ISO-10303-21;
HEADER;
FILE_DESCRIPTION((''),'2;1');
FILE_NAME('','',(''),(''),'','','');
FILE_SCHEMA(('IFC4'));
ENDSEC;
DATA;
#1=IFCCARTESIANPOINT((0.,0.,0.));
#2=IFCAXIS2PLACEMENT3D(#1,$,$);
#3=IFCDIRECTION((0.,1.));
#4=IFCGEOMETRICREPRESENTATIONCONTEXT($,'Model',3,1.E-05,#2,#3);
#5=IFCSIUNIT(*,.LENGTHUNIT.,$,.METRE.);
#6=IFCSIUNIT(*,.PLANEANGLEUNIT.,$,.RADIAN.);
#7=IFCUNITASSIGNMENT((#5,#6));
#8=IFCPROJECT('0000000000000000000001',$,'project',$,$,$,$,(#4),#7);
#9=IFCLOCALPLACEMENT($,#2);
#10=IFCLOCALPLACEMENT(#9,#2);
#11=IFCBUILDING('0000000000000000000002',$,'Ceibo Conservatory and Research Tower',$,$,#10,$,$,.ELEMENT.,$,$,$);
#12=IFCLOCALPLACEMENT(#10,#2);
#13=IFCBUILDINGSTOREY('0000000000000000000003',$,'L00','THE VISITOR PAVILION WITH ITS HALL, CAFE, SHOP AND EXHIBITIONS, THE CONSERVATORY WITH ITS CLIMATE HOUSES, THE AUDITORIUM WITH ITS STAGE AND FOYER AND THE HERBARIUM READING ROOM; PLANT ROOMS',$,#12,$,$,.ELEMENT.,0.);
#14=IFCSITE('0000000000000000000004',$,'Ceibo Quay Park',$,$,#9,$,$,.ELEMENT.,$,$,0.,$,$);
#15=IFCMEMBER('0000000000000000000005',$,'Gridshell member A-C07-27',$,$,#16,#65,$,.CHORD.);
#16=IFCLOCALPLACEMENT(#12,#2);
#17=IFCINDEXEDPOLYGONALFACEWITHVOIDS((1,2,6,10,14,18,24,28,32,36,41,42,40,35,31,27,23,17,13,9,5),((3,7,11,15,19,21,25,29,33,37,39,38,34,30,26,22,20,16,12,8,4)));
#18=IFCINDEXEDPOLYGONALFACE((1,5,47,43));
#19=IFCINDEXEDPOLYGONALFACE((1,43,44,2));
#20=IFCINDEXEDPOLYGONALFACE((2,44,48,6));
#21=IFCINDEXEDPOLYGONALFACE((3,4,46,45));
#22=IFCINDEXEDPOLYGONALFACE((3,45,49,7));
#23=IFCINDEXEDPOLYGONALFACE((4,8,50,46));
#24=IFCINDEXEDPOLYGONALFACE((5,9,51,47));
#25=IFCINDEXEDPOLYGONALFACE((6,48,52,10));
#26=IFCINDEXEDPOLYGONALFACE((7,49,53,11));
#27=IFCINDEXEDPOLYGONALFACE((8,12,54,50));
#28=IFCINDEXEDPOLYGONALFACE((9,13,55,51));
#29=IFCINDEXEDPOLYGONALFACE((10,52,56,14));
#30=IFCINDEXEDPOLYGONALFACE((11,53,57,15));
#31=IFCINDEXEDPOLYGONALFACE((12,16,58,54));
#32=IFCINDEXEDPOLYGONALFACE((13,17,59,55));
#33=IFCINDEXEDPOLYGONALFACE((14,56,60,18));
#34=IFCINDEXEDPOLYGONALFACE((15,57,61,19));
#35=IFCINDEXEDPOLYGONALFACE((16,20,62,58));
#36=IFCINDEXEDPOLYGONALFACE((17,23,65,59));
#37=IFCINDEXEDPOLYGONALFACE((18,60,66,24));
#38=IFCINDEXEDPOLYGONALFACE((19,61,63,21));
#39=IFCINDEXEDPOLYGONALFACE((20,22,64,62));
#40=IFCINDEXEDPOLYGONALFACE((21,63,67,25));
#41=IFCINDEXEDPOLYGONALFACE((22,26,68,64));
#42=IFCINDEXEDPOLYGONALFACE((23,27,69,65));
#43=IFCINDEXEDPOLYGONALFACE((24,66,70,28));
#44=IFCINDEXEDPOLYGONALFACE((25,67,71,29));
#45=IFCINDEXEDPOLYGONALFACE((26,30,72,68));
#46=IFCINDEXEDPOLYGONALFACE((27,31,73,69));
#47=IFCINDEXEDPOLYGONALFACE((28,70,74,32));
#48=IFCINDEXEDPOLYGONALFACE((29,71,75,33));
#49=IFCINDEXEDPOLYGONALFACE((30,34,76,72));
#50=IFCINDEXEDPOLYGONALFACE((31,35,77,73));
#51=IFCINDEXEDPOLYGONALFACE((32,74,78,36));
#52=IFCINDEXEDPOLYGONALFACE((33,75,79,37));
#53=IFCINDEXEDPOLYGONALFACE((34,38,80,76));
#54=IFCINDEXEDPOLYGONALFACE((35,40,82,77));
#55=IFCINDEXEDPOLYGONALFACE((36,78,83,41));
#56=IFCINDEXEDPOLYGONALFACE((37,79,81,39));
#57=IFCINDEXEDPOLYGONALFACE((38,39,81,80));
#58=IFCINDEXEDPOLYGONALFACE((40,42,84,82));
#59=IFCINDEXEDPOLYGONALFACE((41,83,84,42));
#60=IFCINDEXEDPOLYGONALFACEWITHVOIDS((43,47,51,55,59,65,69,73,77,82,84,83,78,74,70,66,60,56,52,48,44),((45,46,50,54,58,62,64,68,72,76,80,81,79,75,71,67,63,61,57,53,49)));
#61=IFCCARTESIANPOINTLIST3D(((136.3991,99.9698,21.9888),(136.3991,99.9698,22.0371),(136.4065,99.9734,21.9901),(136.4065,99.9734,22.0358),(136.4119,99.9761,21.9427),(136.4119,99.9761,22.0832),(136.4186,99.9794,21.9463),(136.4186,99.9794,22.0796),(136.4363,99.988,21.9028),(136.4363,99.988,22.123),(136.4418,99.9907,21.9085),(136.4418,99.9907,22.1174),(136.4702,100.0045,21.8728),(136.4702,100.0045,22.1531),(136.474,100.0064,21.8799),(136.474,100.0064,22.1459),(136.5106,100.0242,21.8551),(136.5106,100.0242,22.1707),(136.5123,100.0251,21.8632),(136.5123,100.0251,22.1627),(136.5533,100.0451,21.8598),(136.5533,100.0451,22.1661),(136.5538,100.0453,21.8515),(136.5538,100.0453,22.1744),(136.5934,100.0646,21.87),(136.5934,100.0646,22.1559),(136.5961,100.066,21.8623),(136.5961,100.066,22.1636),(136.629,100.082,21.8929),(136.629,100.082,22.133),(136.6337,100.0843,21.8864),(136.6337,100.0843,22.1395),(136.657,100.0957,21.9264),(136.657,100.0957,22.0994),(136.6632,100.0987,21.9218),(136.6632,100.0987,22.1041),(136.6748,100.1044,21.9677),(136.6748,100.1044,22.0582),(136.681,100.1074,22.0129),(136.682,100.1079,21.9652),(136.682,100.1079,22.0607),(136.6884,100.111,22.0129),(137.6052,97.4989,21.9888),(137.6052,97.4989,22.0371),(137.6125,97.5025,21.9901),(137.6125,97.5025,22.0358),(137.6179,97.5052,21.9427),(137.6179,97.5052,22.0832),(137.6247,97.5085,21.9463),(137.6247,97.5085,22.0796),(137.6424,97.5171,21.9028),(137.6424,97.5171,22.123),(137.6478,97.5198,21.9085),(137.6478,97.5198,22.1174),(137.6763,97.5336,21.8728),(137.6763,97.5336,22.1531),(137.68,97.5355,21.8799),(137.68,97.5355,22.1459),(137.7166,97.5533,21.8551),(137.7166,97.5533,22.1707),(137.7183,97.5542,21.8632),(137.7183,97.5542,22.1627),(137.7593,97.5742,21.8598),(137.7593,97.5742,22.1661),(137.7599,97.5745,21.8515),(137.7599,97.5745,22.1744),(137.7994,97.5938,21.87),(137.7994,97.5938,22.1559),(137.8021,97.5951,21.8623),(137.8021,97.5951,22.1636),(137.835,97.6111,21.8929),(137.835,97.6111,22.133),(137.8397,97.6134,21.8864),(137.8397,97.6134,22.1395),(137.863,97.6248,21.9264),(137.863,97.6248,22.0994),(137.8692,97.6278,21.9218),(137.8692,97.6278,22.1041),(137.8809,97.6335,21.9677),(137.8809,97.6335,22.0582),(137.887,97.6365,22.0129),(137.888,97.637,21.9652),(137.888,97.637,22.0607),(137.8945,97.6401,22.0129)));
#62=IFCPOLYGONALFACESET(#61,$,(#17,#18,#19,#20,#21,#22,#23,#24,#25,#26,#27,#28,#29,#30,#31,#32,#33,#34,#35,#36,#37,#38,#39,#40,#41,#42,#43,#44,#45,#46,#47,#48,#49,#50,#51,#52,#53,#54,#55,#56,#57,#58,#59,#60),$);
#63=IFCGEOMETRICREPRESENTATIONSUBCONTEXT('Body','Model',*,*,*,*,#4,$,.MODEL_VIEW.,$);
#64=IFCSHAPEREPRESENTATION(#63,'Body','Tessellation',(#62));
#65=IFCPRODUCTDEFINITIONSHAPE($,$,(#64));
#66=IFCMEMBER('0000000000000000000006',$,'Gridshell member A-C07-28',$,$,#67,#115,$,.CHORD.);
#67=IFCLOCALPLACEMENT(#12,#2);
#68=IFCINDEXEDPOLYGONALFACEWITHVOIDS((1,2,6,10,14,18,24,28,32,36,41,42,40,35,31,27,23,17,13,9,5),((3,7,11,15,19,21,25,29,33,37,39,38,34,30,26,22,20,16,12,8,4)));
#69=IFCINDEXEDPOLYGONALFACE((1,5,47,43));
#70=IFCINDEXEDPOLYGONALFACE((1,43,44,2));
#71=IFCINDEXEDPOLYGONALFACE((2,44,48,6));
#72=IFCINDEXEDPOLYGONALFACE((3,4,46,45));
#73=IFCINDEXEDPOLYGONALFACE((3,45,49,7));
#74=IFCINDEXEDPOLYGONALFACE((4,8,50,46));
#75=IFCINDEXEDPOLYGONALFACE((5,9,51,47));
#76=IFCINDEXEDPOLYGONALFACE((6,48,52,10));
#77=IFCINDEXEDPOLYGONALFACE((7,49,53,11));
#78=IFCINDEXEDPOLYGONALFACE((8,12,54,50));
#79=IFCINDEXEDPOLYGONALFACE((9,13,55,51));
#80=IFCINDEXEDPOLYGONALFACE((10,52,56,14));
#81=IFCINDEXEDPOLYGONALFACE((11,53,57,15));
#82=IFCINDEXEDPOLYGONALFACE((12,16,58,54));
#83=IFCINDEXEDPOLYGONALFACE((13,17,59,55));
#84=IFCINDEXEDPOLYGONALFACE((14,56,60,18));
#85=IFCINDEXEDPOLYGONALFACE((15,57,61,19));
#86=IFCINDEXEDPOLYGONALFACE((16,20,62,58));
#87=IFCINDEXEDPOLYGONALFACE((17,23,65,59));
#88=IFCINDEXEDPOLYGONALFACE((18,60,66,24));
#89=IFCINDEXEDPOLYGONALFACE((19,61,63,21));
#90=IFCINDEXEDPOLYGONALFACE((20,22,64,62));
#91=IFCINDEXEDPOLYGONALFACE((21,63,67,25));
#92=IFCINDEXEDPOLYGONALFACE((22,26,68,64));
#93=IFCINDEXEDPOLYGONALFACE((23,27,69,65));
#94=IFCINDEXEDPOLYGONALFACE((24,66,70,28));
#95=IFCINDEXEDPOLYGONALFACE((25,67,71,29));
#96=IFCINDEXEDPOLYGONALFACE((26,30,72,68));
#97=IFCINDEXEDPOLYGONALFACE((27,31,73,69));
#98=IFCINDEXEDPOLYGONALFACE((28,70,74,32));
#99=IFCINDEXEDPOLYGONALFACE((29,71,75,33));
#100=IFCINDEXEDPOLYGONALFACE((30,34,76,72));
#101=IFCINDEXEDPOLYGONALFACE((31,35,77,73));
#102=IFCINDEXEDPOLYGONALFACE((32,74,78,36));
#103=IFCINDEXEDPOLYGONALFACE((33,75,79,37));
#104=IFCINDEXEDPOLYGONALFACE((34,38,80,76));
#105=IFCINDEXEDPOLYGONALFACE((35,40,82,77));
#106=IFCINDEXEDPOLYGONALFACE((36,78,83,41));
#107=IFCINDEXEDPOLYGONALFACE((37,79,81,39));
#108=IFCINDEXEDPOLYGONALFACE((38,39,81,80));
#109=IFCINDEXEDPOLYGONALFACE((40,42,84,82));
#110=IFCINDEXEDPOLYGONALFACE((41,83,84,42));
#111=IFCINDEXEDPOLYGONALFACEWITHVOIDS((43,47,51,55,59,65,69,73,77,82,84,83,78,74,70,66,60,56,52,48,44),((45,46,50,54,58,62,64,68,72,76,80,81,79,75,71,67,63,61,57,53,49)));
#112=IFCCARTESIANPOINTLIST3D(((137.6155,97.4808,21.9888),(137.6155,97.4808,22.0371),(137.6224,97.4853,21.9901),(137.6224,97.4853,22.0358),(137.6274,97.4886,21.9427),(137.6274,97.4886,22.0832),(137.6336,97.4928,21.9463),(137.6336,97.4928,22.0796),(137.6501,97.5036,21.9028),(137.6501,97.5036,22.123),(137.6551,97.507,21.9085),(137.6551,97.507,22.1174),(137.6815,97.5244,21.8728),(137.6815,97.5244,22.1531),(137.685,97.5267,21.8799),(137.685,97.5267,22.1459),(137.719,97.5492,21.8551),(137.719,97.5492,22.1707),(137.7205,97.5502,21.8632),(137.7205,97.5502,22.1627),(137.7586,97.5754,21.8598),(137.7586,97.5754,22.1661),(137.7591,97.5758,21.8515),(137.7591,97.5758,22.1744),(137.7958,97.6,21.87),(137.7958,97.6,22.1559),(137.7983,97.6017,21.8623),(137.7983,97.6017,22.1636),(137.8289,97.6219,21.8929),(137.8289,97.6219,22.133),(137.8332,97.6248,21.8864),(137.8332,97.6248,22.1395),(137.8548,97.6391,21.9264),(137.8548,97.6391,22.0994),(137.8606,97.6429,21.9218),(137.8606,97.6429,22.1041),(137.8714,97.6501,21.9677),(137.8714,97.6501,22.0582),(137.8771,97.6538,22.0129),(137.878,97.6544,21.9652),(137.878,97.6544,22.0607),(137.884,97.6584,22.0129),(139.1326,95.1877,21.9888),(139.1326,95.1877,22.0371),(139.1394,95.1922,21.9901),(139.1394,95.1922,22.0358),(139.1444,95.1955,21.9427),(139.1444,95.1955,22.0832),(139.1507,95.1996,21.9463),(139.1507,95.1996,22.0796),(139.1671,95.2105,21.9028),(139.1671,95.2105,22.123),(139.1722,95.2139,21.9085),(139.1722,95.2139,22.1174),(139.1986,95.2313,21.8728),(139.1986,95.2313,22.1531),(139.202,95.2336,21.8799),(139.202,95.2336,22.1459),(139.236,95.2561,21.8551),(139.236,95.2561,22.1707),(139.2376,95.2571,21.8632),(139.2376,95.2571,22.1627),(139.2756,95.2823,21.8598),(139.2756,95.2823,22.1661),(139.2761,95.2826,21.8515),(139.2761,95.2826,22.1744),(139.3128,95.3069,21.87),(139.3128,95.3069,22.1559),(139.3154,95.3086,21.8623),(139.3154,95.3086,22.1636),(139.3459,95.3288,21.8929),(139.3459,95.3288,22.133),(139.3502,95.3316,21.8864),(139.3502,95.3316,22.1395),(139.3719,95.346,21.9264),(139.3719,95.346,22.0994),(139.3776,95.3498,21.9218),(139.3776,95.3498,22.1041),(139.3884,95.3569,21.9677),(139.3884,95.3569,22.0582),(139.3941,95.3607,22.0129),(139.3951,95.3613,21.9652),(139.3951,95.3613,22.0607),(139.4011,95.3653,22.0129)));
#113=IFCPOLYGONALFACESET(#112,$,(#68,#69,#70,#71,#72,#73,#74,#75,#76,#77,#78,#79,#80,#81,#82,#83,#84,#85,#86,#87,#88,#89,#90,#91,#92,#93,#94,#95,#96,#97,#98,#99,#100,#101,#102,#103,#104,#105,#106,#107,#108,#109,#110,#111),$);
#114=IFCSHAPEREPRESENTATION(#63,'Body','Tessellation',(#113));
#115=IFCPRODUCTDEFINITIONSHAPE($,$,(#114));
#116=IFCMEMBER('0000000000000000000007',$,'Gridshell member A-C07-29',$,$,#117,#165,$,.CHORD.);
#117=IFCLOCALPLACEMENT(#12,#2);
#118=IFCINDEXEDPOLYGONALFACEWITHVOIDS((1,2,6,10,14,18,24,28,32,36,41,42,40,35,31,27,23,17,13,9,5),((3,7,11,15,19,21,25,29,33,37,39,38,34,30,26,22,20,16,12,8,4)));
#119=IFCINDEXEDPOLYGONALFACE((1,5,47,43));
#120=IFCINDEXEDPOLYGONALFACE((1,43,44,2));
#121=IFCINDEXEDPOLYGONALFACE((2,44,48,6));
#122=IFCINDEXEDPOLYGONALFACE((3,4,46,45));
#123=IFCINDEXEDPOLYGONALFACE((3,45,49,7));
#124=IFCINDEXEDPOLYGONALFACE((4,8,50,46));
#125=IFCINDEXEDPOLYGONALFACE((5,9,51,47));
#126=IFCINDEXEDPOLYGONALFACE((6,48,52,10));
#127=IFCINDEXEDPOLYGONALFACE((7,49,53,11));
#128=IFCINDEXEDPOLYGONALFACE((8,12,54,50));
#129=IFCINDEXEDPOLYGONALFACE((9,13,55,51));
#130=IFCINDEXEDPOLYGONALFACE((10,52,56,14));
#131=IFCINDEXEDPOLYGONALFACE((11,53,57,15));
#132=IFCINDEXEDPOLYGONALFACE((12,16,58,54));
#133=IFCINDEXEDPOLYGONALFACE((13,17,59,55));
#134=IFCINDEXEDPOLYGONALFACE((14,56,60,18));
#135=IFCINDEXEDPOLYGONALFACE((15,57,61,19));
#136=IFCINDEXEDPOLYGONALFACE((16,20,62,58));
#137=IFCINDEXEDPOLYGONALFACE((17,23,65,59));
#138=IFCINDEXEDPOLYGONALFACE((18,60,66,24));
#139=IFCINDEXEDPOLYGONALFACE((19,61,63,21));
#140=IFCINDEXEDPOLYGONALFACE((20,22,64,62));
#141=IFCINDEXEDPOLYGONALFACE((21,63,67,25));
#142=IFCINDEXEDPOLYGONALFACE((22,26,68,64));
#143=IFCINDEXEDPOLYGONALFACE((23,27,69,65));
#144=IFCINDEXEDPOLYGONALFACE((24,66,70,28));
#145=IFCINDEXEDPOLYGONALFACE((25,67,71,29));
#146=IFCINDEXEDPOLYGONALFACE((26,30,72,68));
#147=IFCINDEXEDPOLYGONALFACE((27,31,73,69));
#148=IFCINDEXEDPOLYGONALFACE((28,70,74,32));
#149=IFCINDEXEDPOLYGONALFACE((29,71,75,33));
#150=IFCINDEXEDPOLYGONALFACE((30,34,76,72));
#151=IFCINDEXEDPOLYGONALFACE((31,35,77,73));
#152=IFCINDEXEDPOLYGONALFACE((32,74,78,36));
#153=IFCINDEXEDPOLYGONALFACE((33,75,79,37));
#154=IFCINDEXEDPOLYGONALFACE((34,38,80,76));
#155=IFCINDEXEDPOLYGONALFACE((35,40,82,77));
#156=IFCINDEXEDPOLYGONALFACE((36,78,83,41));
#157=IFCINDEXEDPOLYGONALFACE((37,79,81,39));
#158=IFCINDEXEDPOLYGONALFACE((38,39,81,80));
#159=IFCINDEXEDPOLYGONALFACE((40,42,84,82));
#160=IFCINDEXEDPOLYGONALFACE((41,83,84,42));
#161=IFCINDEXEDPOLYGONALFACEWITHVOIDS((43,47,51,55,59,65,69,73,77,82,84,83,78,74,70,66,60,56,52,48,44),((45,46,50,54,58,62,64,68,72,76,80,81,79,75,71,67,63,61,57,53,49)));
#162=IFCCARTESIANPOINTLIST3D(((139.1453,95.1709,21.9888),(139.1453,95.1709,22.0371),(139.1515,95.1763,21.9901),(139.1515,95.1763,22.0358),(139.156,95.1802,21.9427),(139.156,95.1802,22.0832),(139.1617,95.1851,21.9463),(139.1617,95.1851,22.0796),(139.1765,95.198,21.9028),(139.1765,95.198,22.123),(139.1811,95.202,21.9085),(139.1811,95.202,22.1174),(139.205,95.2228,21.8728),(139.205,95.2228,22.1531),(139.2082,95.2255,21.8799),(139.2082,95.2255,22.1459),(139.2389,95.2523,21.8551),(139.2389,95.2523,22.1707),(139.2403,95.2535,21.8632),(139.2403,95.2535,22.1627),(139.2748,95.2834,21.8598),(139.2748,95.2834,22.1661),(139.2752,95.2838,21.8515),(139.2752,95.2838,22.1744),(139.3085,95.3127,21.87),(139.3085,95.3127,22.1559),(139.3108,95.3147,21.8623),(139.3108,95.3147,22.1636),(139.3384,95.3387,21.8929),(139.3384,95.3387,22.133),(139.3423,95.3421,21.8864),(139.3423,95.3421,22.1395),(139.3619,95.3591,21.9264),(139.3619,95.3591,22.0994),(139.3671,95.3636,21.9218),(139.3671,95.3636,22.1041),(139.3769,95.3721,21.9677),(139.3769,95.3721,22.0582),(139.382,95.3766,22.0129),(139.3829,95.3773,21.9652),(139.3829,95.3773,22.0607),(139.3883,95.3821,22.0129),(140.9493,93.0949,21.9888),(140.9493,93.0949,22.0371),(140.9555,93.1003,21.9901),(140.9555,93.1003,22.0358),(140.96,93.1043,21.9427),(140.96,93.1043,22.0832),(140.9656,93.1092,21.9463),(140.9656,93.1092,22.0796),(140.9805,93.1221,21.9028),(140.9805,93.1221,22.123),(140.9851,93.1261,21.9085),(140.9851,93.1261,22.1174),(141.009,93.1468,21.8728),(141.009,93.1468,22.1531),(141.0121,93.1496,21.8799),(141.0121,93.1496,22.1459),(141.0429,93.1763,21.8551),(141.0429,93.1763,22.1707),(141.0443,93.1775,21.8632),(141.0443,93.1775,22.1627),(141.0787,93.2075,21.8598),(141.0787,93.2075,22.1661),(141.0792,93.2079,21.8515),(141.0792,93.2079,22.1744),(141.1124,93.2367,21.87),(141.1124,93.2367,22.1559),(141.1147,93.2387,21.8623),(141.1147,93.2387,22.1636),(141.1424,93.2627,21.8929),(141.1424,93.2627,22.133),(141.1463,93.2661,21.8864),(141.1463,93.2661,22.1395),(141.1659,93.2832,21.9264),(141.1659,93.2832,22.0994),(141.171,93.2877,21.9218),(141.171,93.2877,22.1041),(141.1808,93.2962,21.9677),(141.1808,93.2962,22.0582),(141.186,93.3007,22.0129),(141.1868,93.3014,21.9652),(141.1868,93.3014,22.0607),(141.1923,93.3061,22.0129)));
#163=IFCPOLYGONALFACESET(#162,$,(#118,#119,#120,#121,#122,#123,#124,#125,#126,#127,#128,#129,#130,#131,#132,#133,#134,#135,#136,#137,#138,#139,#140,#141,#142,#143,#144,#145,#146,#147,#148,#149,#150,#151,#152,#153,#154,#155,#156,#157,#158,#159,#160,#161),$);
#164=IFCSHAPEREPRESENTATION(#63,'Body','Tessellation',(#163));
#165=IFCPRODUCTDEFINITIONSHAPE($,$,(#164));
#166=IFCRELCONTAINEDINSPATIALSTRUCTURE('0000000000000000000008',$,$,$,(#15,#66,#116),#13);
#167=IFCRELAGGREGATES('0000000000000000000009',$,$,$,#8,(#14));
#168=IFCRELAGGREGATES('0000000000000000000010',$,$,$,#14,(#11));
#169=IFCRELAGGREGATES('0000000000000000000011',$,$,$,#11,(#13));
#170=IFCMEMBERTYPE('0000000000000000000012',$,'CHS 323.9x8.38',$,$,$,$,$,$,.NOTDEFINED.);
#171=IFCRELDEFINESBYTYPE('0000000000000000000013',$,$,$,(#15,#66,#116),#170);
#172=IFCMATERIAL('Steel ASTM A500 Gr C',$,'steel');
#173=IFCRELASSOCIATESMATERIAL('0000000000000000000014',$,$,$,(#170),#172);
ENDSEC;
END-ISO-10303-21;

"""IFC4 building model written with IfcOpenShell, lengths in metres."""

from ifc_helpers import new_model, si_unit, direction, frame, origin, origin_2d, place, context, subcontext, project, spatial, hollow_circle, extrude, material, material_profile, profile_set, type_object, element, save


model = new_model("IFC4")

# Units and contexts
model_context = context("Model", 3, precision=1e-05, world=origin(), true_north=direction((0.0, 1.0)))
body_context = subcontext(model_context, "Body", "Model", "MODEL_VIEW")
ifc_project = project(units=[si_unit("LENGTHUNIT", "METRE"), si_unit("PLANEANGLEUNIT", "RADIAN")], contexts=[model_context])

# Site, building, storey
site_placement = place(None, origin())
site = spatial("IfcSite", under=ifc_project, at=site_placement, Name="Ceibo Quay Park", CompositionType="ELEMENT", RefElevation=0.0)
building_placement = place(site_placement, origin())
building = spatial("IfcBuilding", under=site, at=building_placement, Name="Ceibo Conservatory and Research Tower", CompositionType="ELEMENT")
storey_placement = place(building_placement, origin())
storey = spatial("IfcBuildingStorey", under=building, at=storey_placement, Name="L00", Description="THE VISITOR PAVILION WITH ITS HALL, CAFE, SHOP AND EXHIBITIONS, THE CONSERVATORY WITH ITS CLIMATE HOUSES, THE AUDITORIUM WITH ITS STAGE AND FOYER AND THE HERBARIUM READING ROOM; PLANT ROOMS", CompositionType="ELEMENT", Elevation=0.0)

# Members
ifc_material_1 = material(Name="Steel ASTM A500 Gr C", Category="steel")
ifc_material_profile_1 = material_profile(ifc_material_1, hollow_circle(Radius=0.1619, WallThickness=0.0083, at=origin_2d()), Name="CHS 323.9x8.38")
ifc_profile_set_1 = profile_set([ifc_material_profile_1], Name="Steel ASTM A500 Gr C")
member_type_1 = type_object("IfcMemberType", Name="CHS 323.9x8.38", PredefinedType="NOTDEFINED", material=ifc_profile_set_1)
for number, where, z_axis, x_axis, name in (
    (1, (136.543, 100.04, 22.0129), (0.438634, -0.898666, 0.0), (0.898666, 0.438634, 0.0), "Gridshell member A-C07-27"),
    (2, (137.749, 97.5691, 22.0129), (0.551746, -0.834012, 0.0), (0.834012, 0.551746, 0.0), "Gridshell member A-C07-28"),
):
    element("IfcMember", number, at=place(storey_placement, frame(where, z_axis=z_axis, x_axis=x_axis)), inside=storey, type_object=member_type_1, Name=name, PredefinedType="CHORD", context=body_context, shape_type="SweptSolid", body=[
        extrude(hollow_circle(Radius=0.1619, WallThickness=0.0083, at=origin_2d()), origin(), (0.0, 0.0, 1.0), 2.7495),
    ])
member_1_placement = place(storey_placement, frame((139.2661, 95.2759, 22.0129), z_axis=(0.65593, -0.754821, 0.0), x_axis=(0.754821, 0.65593, 0.0)))
element("IfcMember", 3, at=member_1_placement, inside=storey, type_object=member_type_1, Name="Gridshell member A-C07-29", PredefinedType="CHORD", context=body_context, shape_type="SweptSolid", body=[
    extrude(hollow_circle(Radius=0.1619, WallThickness=0.0083, at=origin_2d()), origin(), (0.0, 0.0, 1.0), 2.7502),
])

save(model, "model.ifc")
